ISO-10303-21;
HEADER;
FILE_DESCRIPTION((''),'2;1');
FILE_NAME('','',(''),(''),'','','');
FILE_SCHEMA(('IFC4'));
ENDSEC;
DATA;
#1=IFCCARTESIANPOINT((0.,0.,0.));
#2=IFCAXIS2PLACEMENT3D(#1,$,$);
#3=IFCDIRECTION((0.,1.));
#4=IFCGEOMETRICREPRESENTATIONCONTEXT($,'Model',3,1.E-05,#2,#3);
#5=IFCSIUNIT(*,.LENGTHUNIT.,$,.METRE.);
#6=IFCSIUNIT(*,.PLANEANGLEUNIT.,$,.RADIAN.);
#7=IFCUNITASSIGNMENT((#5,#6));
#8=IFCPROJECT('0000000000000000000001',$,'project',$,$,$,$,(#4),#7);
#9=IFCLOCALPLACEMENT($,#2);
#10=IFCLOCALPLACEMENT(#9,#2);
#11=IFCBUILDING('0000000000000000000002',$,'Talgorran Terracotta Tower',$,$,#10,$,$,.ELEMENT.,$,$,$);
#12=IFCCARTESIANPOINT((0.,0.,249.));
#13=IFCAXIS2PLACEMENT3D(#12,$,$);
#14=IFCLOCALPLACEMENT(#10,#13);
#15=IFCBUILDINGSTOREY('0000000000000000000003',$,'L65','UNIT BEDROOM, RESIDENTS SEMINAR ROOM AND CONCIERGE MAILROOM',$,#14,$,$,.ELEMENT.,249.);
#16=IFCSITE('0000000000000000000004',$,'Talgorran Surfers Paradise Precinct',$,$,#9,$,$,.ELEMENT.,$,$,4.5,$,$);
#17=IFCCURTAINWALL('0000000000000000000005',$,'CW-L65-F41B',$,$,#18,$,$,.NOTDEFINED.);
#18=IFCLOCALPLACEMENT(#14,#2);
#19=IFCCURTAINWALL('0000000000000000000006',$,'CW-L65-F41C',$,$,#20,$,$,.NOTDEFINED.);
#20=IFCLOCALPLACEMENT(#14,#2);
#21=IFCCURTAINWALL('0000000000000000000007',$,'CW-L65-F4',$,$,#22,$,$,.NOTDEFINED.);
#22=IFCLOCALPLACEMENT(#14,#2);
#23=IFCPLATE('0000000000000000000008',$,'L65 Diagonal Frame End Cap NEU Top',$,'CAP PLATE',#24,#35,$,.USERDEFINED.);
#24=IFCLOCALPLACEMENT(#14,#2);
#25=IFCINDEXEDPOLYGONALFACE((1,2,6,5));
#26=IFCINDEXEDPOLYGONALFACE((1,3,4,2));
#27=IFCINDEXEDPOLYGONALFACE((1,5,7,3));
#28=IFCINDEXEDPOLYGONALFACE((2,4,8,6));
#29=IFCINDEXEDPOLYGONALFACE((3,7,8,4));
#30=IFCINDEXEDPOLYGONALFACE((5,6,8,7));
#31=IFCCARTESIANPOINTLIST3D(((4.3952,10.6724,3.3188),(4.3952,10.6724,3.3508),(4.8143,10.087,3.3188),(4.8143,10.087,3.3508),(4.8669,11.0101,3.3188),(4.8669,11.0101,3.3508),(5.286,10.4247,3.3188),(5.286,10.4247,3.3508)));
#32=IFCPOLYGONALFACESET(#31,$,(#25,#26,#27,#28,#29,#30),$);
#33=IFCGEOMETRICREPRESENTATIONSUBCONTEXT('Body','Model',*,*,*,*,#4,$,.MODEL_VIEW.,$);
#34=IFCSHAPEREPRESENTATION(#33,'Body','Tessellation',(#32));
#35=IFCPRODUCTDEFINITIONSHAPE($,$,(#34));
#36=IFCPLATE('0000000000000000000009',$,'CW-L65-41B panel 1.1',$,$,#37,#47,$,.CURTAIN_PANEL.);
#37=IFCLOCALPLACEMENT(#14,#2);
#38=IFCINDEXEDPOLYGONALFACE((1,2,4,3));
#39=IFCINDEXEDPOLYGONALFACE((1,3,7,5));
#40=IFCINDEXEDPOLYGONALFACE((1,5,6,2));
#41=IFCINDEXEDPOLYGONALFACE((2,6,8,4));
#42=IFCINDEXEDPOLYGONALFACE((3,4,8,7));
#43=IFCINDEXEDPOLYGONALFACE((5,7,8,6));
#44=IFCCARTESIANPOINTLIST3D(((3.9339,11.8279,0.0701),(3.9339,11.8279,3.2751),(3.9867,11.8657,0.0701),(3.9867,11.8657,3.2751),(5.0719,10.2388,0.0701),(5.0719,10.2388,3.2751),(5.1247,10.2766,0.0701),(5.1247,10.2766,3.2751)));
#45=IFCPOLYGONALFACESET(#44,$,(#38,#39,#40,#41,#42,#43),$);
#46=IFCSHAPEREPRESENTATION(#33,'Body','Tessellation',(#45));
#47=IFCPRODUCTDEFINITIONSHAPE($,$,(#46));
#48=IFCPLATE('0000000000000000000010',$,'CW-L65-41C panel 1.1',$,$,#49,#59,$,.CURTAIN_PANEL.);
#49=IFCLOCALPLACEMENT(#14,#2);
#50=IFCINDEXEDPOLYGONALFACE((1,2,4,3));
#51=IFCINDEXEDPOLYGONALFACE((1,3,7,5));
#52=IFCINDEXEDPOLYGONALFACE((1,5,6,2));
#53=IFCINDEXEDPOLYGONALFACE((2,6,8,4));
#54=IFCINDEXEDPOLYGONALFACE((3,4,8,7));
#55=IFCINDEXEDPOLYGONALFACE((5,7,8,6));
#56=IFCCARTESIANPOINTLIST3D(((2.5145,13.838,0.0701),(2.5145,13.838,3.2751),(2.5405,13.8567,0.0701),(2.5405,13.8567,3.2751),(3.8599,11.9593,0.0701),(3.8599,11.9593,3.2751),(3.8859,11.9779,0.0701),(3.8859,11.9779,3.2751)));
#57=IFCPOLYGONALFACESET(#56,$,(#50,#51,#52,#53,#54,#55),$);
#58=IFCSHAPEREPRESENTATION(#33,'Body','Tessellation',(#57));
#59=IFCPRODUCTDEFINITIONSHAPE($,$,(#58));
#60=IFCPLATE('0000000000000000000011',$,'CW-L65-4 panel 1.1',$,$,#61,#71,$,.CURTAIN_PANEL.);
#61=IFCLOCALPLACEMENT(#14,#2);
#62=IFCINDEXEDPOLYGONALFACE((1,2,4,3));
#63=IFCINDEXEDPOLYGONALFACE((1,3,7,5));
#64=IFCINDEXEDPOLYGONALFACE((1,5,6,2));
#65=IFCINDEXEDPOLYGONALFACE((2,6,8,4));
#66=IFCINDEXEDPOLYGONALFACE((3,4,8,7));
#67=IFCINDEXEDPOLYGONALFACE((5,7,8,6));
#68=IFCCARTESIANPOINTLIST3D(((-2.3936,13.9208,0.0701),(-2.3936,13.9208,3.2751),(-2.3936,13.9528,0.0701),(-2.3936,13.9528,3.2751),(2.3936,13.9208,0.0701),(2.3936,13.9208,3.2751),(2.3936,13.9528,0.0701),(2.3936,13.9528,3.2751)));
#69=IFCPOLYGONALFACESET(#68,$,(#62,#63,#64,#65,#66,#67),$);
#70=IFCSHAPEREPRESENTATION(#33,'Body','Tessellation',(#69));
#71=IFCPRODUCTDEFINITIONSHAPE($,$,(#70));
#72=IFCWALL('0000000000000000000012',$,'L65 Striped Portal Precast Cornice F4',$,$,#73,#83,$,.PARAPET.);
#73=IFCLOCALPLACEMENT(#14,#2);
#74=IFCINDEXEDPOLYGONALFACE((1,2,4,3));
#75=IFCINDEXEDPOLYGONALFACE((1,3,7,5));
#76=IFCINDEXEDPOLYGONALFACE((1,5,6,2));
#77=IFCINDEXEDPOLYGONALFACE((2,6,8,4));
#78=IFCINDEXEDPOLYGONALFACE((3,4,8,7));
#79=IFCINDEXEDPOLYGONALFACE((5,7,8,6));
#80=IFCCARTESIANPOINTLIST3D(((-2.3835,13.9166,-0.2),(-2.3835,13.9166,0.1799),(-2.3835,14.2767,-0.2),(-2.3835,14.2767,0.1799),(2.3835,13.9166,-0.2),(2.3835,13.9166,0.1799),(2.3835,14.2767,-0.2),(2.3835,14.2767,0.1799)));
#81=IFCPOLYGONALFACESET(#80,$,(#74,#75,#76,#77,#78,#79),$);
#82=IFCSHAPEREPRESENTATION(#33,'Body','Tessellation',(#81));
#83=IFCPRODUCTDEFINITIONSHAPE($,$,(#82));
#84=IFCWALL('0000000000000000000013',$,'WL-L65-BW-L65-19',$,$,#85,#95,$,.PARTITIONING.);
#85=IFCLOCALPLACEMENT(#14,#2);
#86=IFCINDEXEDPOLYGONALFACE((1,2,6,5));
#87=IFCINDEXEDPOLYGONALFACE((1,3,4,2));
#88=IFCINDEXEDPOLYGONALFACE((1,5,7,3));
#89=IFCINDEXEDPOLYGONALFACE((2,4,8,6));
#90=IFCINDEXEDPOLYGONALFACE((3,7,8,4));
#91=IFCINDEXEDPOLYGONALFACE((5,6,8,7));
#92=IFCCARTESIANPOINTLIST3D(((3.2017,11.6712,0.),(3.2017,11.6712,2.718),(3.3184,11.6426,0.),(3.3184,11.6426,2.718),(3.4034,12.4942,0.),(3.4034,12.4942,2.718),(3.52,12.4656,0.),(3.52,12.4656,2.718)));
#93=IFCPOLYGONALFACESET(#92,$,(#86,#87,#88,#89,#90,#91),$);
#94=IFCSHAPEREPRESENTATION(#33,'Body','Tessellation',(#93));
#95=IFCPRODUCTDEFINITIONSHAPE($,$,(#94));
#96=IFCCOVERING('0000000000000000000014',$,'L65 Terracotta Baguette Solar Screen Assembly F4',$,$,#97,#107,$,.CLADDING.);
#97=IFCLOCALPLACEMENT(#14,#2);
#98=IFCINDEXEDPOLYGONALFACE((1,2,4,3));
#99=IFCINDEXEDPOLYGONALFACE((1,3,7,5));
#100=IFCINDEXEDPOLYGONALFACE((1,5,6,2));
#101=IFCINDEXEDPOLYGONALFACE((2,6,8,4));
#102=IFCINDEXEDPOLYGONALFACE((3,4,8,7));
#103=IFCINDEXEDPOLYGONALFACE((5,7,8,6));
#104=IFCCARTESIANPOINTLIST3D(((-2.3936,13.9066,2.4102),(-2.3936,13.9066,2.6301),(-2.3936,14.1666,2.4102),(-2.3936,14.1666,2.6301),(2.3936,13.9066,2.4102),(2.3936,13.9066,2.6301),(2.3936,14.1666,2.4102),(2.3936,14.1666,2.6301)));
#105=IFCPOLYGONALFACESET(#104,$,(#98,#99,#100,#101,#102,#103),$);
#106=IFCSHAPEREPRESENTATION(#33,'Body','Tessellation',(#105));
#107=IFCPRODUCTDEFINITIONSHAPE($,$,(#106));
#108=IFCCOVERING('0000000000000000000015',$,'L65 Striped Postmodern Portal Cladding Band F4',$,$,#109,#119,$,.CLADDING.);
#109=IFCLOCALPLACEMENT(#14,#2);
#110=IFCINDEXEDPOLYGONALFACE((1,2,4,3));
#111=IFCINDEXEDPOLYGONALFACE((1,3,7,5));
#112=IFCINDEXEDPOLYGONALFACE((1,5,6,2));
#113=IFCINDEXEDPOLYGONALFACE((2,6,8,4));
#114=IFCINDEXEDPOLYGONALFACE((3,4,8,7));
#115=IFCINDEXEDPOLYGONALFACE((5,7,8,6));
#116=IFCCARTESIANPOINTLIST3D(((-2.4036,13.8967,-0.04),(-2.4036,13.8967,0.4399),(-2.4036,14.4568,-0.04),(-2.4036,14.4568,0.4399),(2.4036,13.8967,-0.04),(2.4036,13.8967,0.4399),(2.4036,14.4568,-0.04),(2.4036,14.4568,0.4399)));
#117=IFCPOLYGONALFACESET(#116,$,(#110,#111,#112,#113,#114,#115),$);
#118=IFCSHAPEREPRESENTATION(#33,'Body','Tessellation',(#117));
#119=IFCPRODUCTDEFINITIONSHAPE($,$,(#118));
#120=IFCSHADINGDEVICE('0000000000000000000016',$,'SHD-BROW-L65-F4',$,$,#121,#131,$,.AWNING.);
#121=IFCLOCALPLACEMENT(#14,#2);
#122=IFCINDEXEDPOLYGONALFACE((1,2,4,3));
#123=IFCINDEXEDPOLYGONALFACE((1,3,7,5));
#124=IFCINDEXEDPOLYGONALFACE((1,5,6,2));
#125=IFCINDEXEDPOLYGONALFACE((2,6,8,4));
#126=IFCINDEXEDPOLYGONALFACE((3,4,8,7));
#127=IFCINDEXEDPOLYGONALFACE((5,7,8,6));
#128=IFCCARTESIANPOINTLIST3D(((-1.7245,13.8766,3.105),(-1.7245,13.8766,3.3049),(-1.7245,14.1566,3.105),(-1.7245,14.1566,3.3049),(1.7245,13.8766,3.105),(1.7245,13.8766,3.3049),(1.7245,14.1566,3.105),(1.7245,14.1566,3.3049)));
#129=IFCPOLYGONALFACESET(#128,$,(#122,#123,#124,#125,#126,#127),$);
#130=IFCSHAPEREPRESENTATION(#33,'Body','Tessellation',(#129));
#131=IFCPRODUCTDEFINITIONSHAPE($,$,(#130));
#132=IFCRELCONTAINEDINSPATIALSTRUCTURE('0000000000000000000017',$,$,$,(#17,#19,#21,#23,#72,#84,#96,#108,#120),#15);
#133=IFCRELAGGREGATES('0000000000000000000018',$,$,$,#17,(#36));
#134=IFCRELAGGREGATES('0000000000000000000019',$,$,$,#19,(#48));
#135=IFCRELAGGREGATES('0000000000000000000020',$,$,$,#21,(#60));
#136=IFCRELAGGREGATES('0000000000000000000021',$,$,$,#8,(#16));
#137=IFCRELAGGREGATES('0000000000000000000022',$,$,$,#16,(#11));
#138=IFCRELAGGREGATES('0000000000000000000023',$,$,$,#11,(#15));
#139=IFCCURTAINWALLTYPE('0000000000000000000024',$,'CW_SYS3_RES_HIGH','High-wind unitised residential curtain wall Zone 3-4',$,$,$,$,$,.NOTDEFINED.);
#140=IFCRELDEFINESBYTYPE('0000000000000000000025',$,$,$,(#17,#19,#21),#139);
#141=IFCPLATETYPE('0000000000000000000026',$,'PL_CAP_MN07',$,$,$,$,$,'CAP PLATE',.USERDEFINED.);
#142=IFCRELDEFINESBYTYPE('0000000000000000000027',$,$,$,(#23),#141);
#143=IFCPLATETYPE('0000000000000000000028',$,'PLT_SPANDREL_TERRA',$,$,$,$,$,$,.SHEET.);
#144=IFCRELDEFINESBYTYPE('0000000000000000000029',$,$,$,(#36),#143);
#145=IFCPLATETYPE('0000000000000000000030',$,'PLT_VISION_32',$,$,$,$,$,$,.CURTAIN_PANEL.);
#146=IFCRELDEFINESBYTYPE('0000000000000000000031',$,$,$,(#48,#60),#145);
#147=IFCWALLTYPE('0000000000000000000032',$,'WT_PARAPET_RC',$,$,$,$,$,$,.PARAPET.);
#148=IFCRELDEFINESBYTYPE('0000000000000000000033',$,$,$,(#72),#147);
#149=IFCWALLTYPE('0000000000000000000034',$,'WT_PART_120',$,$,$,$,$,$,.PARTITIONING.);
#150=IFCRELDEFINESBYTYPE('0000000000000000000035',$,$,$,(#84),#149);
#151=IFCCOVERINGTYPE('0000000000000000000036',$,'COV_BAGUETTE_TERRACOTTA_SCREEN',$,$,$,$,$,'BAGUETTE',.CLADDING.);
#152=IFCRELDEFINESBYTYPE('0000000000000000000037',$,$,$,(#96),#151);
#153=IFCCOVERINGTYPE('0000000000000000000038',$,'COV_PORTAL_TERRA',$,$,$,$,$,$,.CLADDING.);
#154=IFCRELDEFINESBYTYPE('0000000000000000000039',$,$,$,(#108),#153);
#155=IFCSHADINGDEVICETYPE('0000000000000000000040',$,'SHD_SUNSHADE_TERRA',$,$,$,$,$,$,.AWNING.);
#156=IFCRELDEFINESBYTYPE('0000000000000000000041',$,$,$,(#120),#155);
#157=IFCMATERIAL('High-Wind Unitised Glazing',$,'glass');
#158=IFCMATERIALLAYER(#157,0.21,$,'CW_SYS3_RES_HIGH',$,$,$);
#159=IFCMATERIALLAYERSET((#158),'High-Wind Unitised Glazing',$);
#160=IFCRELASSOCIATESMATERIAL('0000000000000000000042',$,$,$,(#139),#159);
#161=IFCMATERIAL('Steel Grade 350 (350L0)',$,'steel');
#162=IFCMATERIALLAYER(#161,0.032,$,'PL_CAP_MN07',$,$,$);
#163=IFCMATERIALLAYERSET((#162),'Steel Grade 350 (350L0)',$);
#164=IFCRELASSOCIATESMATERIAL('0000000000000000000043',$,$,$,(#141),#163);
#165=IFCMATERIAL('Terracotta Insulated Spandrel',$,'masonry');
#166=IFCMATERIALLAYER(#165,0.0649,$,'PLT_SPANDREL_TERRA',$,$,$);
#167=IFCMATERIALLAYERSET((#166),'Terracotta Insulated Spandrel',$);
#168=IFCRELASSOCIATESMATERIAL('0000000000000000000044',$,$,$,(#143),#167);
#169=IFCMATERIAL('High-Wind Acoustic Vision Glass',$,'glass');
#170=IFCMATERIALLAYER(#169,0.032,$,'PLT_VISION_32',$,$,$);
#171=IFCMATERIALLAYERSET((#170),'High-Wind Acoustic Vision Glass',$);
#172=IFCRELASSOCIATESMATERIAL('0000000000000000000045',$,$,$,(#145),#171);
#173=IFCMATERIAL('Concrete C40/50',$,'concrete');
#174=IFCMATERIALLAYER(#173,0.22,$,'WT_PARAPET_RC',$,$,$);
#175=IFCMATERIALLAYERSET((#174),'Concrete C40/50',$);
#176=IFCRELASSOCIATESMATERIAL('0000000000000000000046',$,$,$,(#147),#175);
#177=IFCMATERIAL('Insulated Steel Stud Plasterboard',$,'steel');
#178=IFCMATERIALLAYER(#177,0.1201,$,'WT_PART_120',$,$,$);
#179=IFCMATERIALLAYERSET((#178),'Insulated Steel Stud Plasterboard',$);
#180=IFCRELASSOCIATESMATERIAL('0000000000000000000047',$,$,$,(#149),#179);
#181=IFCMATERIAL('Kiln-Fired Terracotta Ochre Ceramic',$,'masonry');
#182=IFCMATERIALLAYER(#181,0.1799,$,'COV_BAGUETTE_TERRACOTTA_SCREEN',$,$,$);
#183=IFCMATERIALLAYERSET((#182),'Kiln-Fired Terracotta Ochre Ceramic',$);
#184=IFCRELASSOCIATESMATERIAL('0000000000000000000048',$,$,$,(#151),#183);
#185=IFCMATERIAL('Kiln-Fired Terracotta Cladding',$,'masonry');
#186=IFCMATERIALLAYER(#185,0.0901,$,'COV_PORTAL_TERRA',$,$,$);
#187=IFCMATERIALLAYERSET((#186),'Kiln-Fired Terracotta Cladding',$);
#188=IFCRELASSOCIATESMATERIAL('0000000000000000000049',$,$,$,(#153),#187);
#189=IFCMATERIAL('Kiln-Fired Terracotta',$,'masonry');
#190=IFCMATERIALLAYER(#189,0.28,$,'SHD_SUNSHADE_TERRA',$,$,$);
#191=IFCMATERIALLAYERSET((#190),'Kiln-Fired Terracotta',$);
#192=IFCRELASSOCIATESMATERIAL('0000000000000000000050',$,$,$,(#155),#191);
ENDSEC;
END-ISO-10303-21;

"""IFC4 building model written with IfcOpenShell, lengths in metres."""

from ifc_helpers import new_model, si_unit, direction, frame, frame_2d, origin, origin_2d, place, context, subcontext, project, spatial, rectangle, extrude, source, transform, mapped, material, layer, layer_set, type_object, type_shapes, element, aggregate, save


model = new_model("IFC4")

# Units and contexts
model_context = context("Model", 3, precision=1e-05, world=origin(), true_north=direction((0.0, 1.0)))
body_context = subcontext(model_context, "Body", "Model", "MODEL_VIEW")
ifc_project = project(units=[si_unit("LENGTHUNIT", "METRE"), si_unit("PLANEANGLEUNIT", "RADIAN")], contexts=[model_context])

# Site, building, storey
site_placement = place(None, origin())
site = spatial("IfcSite", under=ifc_project, at=site_placement, Name="Talgorran Surfers Paradise Precinct", CompositionType="ELEMENT", RefElevation=4.5)
building_placement = place(site_placement, origin())
building = spatial("IfcBuilding", under=site, at=building_placement, Name="Talgorran Terracotta Tower", CompositionType="ELEMENT")
storey_placement = place(building_placement, frame((0.0, 0.0, 249.0)))
storey = spatial("IfcBuildingStorey", under=building, at=storey_placement, Name="L65", Description="UNIT BEDROOM, RESIDENTS SEMINAR ROOM AND CONCIERGE MAILROOM", CompositionType="ELEMENT", Elevation=249.0)

# Shared definitions
ifc_material_1 = material(Name="Steel Grade 350 (350L0)", Category="steel")

# Curtain wall
ifc_material_2 = material(Name="High-Wind Unitised Glazing", Category="glass")
ifc_layer_1 = layer(ifc_material_2, 0.21, Name="CW_SYS3_RES_HIGH")
ifc_layer_set_1 = layer_set([ifc_layer_1], Name="High-Wind Unitised Glazing")
curtain_wall_type = type_object("IfcCurtainWallType", Name="CW_SYS3_RES_HIGH", Description="High-wind unitised residential curtain wall Zone 3-4", PredefinedType="NOTDEFINED", material=ifc_layer_set_1)
curtain_wall_1_placement = place(storey_placement, origin())
curtain_wall_1 = element("IfcCurtainWall", 1, at=curtain_wall_1_placement, inside=storey, type_object=curtain_wall_type, Name="CW-L65-F41B", PredefinedType="NOTDEFINED")

# Curtain wall
curtain_wall_2_placement = place(storey_placement, origin())
curtain_wall_2 = element("IfcCurtainWall", 2, at=curtain_wall_2_placement, inside=storey, type_object=curtain_wall_type, Name="CW-L65-F41C", PredefinedType="NOTDEFINED")

# Curtain wall
curtain_wall_3_placement = place(storey_placement, origin())
curtain_wall_3 = element("IfcCurtainWall", 3, at=curtain_wall_3_placement, inside=storey, type_object=curtain_wall_type, Name="CW-L65-F4", PredefinedType="NOTDEFINED")

# Plate
ifc_layer_2 = layer(ifc_material_1, 0.032, Name="PL_CAP_MN07")
ifc_layer_set_2 = layer_set([ifc_layer_2], Name="Steel Grade 350 (350L0)")
plate_type_1 = type_object("IfcPlateType", Name="PL_CAP_MN07", ElementType="CAP PLATE", PredefinedType="USERDEFINED", material=ifc_layer_set_2)
for number, where, z_axis, x_axis, name in (
    (4, (4.8406, 10.5486, 3.3188), (0.0, 0.0, 1.0), (0.582123, -0.813101, 0.0), "L65 Diagonal Frame End Cap NEU Top"),
):
    element("IfcPlate", number, at=place(storey_placement, frame(where, z_axis=z_axis, x_axis=x_axis)), inside=storey, type_object=plate_type_1, Name=name, ObjectType="CAP PLATE", PredefinedType="USERDEFINED", context=body_context, shape_type="SweptSolid", body=[
        extrude(rectangle(XDim=0.72, YDim=0.5801, at=origin_2d()), origin(), (0.0, 0.0, 1.0), 0.032),
    ])

# Plates
ifc_material_3 = material(Name="Terracotta Insulated Spandrel", Category="masonry")
ifc_layer_3 = layer(ifc_material_3, 0.0649, Name="PLT_SPANDREL_TERRA")
ifc_layer_set_3 = layer_set([ifc_layer_3], Name="Terracotta Insulated Spandrel")
plate_type_2 = type_object("IfcPlateType", Name="PLT_SPANDREL_TERRA", PredefinedType="SHEET", material=ifc_layer_set_3)
shared_shape_1 = source(origin(), body_context, "Body", "SweptSolid", [
    extrude(rectangle(XDim=1.9546, YDim=0.0649, at=origin_2d()), origin(), (0.0, 0.0, 1.0), 3.2051),
])
type_shapes(plate_type_2, [shared_shape_1])
plate_1_placement = place(storey_placement, frame((4.5293, 11.0522, 0.0701), z_axis=(0.0, 0.0, 1.0), x_axis=(-0.5822, 0.813046, 0.0)))
plate_1 = element("IfcPlate", 5, at=plate_1_placement, type_object=plate_type_2, Name="CW-L65-41B panel 1.1", PredefinedType="CURTAIN_PANEL", context=body_context, shape_type="MappedRepresentation", body=[
    mapped(shared_shape_1, transform((0.0, 0.0, 0.0), scale=1.0)),
])
aggregate(curtain_wall_1, [plate_1])
ifc_material_4 = material(Name="High-Wind Acoustic Vision Glass", Category="glass")
ifc_layer_4 = layer(ifc_material_4, 0.032, Name="PLT_VISION_32")
ifc_layer_set_4 = layer_set([ifc_layer_4], Name="High-Wind Acoustic Vision Glass")
plate_type_3 = type_object("IfcPlateType", Name="PLT_VISION_32", PredefinedType="CURTAIN_PANEL", material=ifc_layer_set_4)
shared_shape_2 = source(origin(), body_context, "Body", "SweptSolid", [
    extrude(rectangle(XDim=2.3108, YDim=0.032, at=origin_2d()), origin(), (0.0, 0.0, 1.0), 3.2051),
])
plate_2_placement = place(storey_placement, frame((3.2002, 12.908, 0.0701), z_axis=(0.0, 0.0, 1.0), x_axis=(-0.582207, 0.813041, 0.0)))
plate_2 = element("IfcPlate", 6, at=plate_2_placement, type_object=plate_type_3, Name="CW-L65-41C panel 1.1", PredefinedType="CURTAIN_PANEL", context=body_context, shape_type="MappedRepresentation", body=[
    mapped(shared_shape_2, transform((0.0, 0.0, 0.0), scale=1.0)),
])
aggregate(curtain_wall_2, [plate_2])
shared_shape_3 = source(origin(), body_context, "Body", "SweptSolid", [
    extrude(rectangle(XDim=4.7871, YDim=0.032, at=origin_2d()), origin(), (0.0, 0.0, 1.0), 3.2051),
])
type_shapes(plate_type_3, [shared_shape_2, shared_shape_3])
plate_3_placement = place(storey_placement, frame((0.0, 13.9368, 0.0701), z_axis=(0.0, 0.0, 1.0), x_axis=(-1.0, 0.0, 0.0)))
plate_3 = element("IfcPlate", 7, at=plate_3_placement, type_object=plate_type_3, Name="CW-L65-4 panel 1.1", PredefinedType="CURTAIN_PANEL", context=body_context, shape_type="MappedRepresentation", body=[
    mapped(shared_shape_3, transform((0.0, 0.0, 0.0), scale=1.0)),
])
aggregate(curtain_wall_3, [plate_3])

# Walls
ifc_material_5 = material(Name="Concrete C40/50", Category="concrete")
ifc_layer_5 = layer(ifc_material_5, 0.22, Name="WT_PARAPET_RC")
ifc_layer_set_5 = layer_set([ifc_layer_5], Name="Concrete C40/50")
wall_type_1 = type_object("IfcWallType", Name="WT_PARAPET_RC", PredefinedType="PARAPET", material=ifc_layer_set_5)
wall_1_placement = place(storey_placement, frame((2.3835, 14.0967, -0.2), z_axis=(0.0, 0.0, 1.0), x_axis=(-1.0, 0.0, 0.0)))
element("IfcWall", 8, at=wall_1_placement, inside=storey, type_object=wall_type_1, Name="L65 Striped Portal Precast Cornice F4", PredefinedType="PARAPET", context=body_context, shape_type="SweptSolid", body=[
    extrude(rectangle(XDim=4.7671, YDim=0.3601, at=frame_2d((2.3835, 0.0))), origin(), (0.0, 0.0, 1.0), 0.3799),
])
ifc_material_6 = material(Name="Insulated Steel Stud Plasterboard", Category="steel")
ifc_layer_6 = layer(ifc_material_6, 0.1201, Name="WT_PART_120")
ifc_layer_set_6 = layer_set([ifc_layer_6], Name="Insulated Steel Stud Plasterboard")
wall_type_2 = type_object("IfcWallType", Name="WT_PART_120", PredefinedType="PARTITIONING", material=ifc_layer_set_6)
wall_2_placement = place(storey_placement, frame((3.26, 11.6567, 0.0), z_axis=(0.0, 0.0, 1.0), x_axis=(0.237991, 0.971267, 0.0)))
element("IfcWall", 9, at=wall_2_placement, inside=storey, type_object=wall_type_2, Name="WL-L65-BW-L65-19", PredefinedType="PARTITIONING", context=body_context, shape_type="SweptSolid", body=[
    extrude(rectangle(XDim=0.8474, YDim=0.1201, at=frame_2d((0.4238, 0.0))), origin(), (0.0, 0.0, 1.0), 2.718),
])

# Coverings
ifc_material_7 = material(Name="Kiln-Fired Terracotta Ochre Ceramic", Category="masonry")
ifc_layer_7 = layer(ifc_material_7, 0.1799, Name="COV_BAGUETTE_TERRACOTTA_SCREEN")
ifc_layer_set_7 = layer_set([ifc_layer_7], Name="Kiln-Fired Terracotta Ochre Ceramic")
covering_type_1 = type_object("IfcCoveringType", Name="COV_BAGUETTE_TERRACOTTA_SCREEN", ElementType="BAGUETTE", PredefinedType="CLADDING", material=ifc_layer_set_7)
covering_1_placement = place(storey_placement, frame((0.0, 14.0366, 2.4102), z_axis=(0.0, 0.0, 1.0), x_axis=(-1.0, 0.0, 0.0)))
element("IfcCovering", 10, at=covering_1_placement, inside=storey, type_object=covering_type_1, Name="L65 Terracotta Baguette Solar Screen Assembly F4", PredefinedType="CLADDING", context=body_context, shape_type="SweptSolid", body=[
    extrude(rectangle(XDim=4.7871, YDim=0.26, at=origin_2d()), origin(), (0.0, 0.0, 1.0), 0.22),
])
ifc_material_8 = material(Name="Kiln-Fired Terracotta Cladding", Category="masonry")
ifc_layer_8 = layer(ifc_material_8, 0.0901, Name="COV_PORTAL_TERRA")
ifc_layer_set_8 = layer_set([ifc_layer_8], Name="Kiln-Fired Terracotta Cladding")
covering_type_2 = type_object("IfcCoveringType", Name="COV_PORTAL_TERRA", PredefinedType="CLADDING", material=ifc_layer_set_8)
covering_2_placement = place(storey_placement, frame((0.0, 14.1768, -0.04), z_axis=(0.0, 0.0, 1.0), x_axis=(-1.0, 0.0, 0.0)))
element("IfcCovering", 11, at=covering_2_placement, inside=storey, type_object=covering_type_2, Name="L65 Striped Postmodern Portal Cladding Band F4", PredefinedType="CLADDING", context=body_context, shape_type="SweptSolid", body=[
    extrude(rectangle(XDim=4.8071, YDim=0.5601, at=origin_2d()), origin(), (0.0, 0.0, 1.0), 0.48),
])

# Shading device
ifc_material_9 = material(Name="Kiln-Fired Terracotta", Category="masonry")
ifc_layer_9 = layer(ifc_material_9, 0.28, Name="SHD_SUNSHADE_TERRA")
ifc_layer_set_9 = layer_set([ifc_layer_9], Name="Kiln-Fired Terracotta")
shading_device_type = type_object("IfcShadingDeviceType", Name="SHD_SUNSHADE_TERRA", PredefinedType="AWNING", material=ifc_layer_set_9)
shared_shape_4 = source(origin(), body_context, "Body", "SweptSolid", [
    extrude(rectangle(XDim=3.449, YDim=0.28, at=origin_2d()), origin(), (0.0, 0.0, 1.0), 0.2),
])
type_shapes(shading_device_type, [shared_shape_4])
shading_device_placement = place(storey_placement, frame((0.0, 14.0166, 3.105), z_axis=(0.0, 0.0, 1.0), x_axis=(-1.0, 0.0, 0.0)))
element("IfcShadingDevice", 12, at=shading_device_placement, inside=storey, type_object=shading_device_type, Name="SHD-BROW-L65-F4", PredefinedType="AWNING", context=body_context, shape_type="MappedRepresentation", body=[
    mapped(shared_shape_4, transform((0.0, 0.0, 0.0), scale=1.0)),
])

save(model, "model.ifc")
